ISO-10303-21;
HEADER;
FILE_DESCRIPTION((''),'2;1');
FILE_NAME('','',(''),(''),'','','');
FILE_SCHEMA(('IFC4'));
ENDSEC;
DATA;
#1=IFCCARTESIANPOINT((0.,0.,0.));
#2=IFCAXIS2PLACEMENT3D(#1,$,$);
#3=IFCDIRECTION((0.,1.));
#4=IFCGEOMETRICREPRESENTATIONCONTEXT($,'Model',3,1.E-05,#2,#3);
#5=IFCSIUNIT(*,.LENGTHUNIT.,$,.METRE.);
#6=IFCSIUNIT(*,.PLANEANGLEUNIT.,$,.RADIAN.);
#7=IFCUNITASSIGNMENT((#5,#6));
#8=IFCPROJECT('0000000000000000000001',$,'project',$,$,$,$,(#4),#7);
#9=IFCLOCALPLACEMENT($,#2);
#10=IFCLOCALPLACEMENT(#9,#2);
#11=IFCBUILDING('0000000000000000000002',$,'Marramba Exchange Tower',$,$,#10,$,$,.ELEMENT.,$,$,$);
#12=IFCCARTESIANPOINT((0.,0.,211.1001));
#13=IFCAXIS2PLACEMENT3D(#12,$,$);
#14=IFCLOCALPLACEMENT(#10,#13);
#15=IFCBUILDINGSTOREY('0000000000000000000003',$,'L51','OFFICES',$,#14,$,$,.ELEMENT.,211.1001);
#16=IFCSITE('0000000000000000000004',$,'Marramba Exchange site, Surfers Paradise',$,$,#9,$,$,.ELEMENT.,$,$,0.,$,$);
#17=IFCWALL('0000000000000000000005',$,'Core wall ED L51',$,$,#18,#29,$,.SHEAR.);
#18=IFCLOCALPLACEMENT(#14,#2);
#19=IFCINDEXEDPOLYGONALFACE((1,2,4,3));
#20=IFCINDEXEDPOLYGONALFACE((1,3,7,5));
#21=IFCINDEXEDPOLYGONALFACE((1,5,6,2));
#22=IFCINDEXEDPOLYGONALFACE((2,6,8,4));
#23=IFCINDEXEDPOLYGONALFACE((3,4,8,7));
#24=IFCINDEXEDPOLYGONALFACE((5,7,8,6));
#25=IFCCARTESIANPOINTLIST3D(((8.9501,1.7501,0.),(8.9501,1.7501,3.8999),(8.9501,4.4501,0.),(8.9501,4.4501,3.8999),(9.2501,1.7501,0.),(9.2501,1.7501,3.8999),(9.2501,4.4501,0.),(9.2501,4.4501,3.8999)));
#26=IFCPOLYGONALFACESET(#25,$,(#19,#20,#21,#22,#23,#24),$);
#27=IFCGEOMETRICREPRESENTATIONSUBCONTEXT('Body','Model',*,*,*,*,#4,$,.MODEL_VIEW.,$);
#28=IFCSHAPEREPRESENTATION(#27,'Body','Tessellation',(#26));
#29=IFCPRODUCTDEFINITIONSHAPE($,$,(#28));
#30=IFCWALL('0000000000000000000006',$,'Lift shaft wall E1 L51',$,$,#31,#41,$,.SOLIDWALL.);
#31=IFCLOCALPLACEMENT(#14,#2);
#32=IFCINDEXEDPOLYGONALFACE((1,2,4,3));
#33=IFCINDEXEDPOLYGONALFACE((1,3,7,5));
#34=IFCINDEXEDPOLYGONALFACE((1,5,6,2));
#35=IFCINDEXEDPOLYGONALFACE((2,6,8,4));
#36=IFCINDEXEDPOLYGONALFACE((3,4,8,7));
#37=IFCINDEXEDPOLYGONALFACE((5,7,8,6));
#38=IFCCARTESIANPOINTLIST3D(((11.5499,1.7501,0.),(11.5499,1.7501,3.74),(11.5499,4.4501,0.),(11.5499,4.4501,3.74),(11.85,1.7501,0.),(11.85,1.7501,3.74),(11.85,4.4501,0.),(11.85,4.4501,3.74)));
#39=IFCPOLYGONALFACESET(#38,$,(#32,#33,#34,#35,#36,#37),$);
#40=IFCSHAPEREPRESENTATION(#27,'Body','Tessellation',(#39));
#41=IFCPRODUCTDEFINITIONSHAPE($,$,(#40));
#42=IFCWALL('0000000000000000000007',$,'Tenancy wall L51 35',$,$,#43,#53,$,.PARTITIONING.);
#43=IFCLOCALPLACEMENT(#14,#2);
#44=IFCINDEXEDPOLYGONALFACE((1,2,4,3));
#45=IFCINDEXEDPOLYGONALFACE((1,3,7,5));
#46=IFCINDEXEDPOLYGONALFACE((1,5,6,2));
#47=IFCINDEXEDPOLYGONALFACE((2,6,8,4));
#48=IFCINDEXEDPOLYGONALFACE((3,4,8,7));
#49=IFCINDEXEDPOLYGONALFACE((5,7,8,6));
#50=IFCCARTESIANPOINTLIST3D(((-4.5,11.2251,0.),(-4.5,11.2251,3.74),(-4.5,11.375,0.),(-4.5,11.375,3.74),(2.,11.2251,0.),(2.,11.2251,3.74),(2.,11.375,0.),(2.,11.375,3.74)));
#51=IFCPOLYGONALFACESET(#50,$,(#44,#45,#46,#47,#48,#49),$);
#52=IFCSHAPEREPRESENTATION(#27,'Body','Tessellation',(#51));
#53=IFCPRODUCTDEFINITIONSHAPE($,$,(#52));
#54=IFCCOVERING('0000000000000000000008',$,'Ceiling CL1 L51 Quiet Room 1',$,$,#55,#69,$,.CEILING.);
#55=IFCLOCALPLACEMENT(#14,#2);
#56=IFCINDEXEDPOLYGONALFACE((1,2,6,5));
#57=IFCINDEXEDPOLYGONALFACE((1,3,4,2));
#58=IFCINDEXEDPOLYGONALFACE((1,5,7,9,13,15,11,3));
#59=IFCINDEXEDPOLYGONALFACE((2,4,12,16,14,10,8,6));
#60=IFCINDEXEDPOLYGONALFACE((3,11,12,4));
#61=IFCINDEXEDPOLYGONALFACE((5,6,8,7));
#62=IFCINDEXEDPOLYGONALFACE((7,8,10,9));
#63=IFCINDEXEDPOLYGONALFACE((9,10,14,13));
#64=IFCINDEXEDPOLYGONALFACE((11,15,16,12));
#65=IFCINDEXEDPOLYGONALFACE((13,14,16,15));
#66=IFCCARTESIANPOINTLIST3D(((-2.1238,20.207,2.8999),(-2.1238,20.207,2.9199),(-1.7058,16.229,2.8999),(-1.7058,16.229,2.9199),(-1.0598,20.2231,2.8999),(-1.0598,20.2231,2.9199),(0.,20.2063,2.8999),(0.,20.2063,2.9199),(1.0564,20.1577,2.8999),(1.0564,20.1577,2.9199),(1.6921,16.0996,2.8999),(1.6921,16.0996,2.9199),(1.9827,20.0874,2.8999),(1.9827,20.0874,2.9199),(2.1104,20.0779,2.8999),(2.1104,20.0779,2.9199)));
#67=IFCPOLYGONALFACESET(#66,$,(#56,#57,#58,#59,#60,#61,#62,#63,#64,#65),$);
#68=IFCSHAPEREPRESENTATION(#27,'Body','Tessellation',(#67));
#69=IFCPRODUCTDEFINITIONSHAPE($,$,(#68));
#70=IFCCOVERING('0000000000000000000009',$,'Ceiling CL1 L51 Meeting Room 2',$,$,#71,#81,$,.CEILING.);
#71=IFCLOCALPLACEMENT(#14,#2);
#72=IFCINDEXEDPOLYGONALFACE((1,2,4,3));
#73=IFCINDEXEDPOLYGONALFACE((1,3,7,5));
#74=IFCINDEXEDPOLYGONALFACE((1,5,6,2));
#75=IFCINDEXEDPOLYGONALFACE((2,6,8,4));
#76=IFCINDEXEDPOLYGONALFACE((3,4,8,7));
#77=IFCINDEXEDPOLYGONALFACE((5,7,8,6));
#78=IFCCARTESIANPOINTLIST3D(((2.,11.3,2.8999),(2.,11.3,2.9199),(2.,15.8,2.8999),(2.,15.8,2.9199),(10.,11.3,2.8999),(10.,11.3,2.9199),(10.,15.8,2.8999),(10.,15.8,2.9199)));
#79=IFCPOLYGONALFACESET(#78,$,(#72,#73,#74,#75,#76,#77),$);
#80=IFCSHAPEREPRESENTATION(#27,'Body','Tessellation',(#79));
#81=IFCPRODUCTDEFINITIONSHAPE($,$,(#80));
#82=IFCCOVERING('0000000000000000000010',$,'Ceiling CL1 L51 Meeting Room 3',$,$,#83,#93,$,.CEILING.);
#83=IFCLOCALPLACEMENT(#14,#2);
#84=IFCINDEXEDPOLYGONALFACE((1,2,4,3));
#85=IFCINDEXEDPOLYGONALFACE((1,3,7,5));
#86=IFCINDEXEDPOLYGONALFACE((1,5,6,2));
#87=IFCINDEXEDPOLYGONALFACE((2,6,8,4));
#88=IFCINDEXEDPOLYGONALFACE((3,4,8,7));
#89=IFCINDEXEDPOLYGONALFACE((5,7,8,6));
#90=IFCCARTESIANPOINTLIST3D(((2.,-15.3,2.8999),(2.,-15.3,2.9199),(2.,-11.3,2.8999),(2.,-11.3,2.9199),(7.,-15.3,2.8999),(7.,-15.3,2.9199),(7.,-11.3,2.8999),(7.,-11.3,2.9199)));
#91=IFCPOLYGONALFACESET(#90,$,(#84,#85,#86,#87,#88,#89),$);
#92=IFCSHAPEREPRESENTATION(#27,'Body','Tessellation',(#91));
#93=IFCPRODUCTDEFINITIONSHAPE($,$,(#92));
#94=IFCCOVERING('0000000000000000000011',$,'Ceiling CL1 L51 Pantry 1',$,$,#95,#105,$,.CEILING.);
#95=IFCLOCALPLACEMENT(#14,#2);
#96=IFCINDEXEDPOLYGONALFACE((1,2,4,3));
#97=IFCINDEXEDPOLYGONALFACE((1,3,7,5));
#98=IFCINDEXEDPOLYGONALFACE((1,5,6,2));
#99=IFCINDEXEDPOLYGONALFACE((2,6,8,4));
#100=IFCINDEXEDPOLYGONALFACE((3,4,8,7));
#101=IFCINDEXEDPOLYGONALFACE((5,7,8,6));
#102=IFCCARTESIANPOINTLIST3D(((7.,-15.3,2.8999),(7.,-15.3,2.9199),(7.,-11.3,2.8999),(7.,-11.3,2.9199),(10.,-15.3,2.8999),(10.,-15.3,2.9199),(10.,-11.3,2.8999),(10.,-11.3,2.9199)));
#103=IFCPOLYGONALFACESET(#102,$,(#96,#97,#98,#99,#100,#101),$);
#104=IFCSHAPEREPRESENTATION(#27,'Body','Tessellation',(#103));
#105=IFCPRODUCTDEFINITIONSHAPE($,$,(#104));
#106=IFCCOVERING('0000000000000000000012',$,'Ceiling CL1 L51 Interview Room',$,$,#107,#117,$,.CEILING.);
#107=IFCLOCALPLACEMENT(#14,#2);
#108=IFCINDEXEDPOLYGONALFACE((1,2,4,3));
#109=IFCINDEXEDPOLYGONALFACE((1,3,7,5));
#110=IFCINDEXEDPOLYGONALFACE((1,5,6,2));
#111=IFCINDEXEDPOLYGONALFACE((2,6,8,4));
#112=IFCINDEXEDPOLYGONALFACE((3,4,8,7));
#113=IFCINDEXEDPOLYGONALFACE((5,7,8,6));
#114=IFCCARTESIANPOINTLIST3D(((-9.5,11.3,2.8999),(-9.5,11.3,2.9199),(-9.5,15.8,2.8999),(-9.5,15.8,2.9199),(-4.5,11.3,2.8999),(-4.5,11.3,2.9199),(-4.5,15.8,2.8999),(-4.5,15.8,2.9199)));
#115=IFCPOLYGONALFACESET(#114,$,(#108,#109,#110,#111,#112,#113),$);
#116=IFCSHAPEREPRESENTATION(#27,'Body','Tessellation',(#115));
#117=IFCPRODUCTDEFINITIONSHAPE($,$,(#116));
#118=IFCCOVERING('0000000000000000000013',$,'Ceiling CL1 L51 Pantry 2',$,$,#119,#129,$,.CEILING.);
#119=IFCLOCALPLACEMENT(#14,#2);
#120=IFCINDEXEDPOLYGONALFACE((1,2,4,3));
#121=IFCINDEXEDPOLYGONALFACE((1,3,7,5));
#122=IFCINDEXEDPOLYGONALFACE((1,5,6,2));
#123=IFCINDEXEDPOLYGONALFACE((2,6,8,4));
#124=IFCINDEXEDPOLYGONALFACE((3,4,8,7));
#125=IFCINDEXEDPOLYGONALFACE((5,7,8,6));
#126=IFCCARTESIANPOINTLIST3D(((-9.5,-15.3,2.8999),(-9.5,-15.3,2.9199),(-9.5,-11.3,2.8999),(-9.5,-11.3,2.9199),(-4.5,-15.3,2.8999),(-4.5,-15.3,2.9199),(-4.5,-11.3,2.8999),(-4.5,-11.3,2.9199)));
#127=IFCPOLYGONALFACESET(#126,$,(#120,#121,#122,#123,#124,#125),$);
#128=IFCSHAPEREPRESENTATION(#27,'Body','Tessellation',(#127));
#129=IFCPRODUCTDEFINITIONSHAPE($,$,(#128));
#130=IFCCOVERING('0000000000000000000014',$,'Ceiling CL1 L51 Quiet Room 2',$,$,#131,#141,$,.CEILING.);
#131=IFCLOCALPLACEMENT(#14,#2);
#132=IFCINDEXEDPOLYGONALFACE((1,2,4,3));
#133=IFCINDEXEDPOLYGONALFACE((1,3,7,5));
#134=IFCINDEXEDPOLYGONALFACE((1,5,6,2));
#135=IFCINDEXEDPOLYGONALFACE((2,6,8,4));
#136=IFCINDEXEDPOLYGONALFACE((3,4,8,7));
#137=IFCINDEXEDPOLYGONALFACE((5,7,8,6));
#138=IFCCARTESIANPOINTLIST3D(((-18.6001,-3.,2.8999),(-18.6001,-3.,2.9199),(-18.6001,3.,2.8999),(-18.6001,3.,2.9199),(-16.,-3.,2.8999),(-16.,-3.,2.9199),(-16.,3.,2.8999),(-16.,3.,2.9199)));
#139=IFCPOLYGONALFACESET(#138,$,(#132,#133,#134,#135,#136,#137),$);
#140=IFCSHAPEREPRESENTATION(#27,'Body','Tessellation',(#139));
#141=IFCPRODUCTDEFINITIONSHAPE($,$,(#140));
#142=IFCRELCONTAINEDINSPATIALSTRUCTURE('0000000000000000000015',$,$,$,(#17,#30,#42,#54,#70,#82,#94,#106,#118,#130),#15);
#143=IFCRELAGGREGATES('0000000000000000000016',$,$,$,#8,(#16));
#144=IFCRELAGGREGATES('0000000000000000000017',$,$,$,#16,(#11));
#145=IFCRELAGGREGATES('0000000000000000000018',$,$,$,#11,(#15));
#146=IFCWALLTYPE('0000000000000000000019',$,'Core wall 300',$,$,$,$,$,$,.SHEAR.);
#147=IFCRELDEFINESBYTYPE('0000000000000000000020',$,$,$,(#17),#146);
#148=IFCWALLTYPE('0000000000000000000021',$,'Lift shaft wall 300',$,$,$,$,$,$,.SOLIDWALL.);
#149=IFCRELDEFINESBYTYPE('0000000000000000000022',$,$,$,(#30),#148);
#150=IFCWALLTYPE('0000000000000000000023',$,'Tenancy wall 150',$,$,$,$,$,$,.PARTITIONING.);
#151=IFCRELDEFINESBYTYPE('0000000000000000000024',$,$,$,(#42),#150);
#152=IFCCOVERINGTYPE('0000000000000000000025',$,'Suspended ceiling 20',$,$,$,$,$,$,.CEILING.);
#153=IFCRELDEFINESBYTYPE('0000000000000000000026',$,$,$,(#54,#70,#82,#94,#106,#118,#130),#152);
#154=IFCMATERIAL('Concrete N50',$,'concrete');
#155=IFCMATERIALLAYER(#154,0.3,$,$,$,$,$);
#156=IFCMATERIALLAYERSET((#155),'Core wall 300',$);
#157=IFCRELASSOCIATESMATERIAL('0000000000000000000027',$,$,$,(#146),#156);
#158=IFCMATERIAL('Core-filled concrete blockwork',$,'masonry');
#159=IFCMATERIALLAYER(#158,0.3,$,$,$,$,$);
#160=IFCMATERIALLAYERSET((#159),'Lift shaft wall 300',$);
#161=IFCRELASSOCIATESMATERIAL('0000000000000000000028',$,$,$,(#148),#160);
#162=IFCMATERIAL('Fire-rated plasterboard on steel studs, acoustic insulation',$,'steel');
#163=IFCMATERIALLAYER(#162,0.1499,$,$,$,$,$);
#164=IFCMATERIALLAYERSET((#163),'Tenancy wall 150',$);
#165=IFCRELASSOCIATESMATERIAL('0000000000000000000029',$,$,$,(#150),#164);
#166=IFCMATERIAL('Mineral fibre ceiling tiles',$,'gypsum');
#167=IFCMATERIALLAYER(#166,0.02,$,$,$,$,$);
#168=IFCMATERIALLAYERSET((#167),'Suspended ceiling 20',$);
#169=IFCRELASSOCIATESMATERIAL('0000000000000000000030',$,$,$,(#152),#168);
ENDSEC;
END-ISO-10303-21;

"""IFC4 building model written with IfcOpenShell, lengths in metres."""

from ifc_helpers import new_model, si_unit, direction, frame, frame_2d, origin, place, context, subcontext, project, spatial, polyline, rectangle, outline, extrude, material, layer, layer_set, type_object, element, save


model = new_model("IFC4")

# Units and contexts
model_context = context("Model", 3, precision=1e-05, world=origin(), true_north=direction((0.0, 1.0)))
body_context = subcontext(model_context, "Body", "Model", "MODEL_VIEW")
ifc_project = project(units=[si_unit("LENGTHUNIT", "METRE"), si_unit("PLANEANGLEUNIT", "RADIAN")], contexts=[model_context])

# Site, building, storey
site_placement = place(None, origin())
site = spatial("IfcSite", under=ifc_project, at=site_placement, Name="Marramba Exchange site, Surfers Paradise", CompositionType="ELEMENT", RefElevation=0.0)
building_placement = place(site_placement, origin())
building = spatial("IfcBuilding", under=site, at=building_placement, Name="Marramba Exchange Tower", CompositionType="ELEMENT")
storey_placement = place(building_placement, frame((0.0, 0.0, 211.1001)))
storey = spatial("IfcBuildingStorey", under=building, at=storey_placement, Name="L51", Description="OFFICES", CompositionType="ELEMENT", Elevation=211.1001)

# Walls
ifc_material_1 = material(Name="Concrete N50", Category="concrete")
ifc_layer_1 = layer(ifc_material_1, 0.3)
ifc_layer_set_1 = layer_set([ifc_layer_1], Name="Core wall 300")
wall_type_1 = type_object("IfcWallType", Name="Core wall 300", PredefinedType="SHEAR", material=ifc_layer_set_1)
wall_1_placement = place(storey_placement, frame((9.1001, 1.75, 0.0), z_axis=(0.0, 0.0, 1.0), x_axis=(0.0, 1.0, 0.0)))
element("IfcWall", 1, at=wall_1_placement, inside=storey, type_object=wall_type_1, Name="Core wall ED L51", PredefinedType="SHEAR", context=body_context, shape_type="SweptSolid", body=[
    extrude(rectangle(XDim=2.7, YDim=0.3, at=frame_2d((1.3501, 0.0))), origin(), (0.0, 0.0, 1.0), 3.8999),
])
ifc_material_2 = material(Name="Core-filled concrete blockwork", Category="masonry")
ifc_layer_2 = layer(ifc_material_2, 0.3)
ifc_layer_set_2 = layer_set([ifc_layer_2], Name="Lift shaft wall 300")
wall_type_2 = type_object("IfcWallType", Name="Lift shaft wall 300", PredefinedType="SOLIDWALL", material=ifc_layer_set_2)
wall_2_placement = place(storey_placement, frame((11.7, 1.75, 0.0), z_axis=(0.0, 0.0, 1.0), x_axis=(0.0, 1.0, 0.0)))
element("IfcWall", 2, at=wall_2_placement, inside=storey, type_object=wall_type_2, Name="Lift shaft wall E1 L51", PredefinedType="SOLIDWALL", context=body_context, shape_type="SweptSolid", body=[
    extrude(rectangle(XDim=2.7, YDim=0.3, at=frame_2d((1.3501, 0.0))), origin(), (0.0, 0.0, 1.0), 3.74),
])
ifc_material_3 = material(Name="Fire-rated plasterboard on steel studs, acoustic insulation", Category="steel")
ifc_layer_3 = layer(ifc_material_3, 0.1499)
ifc_layer_set_3 = layer_set([ifc_layer_3], Name="Tenancy wall 150")
wall_type_3 = type_object("IfcWallType", Name="Tenancy wall 150", PredefinedType="PARTITIONING", material=ifc_layer_set_3)
wall_3_placement = place(storey_placement, frame((2.0, 11.3, 0.0), z_axis=(0.0, 0.0, 1.0), x_axis=(-1.0, 0.0, 0.0)))
element("IfcWall", 3, at=wall_3_placement, inside=storey, type_object=wall_type_3, Name="Tenancy wall L51 35", PredefinedType="PARTITIONING", context=body_context, shape_type="SweptSolid", body=[
    extrude(rectangle(XDim=6.5, YDim=0.1499, at=frame_2d((3.25, 0.0))), origin(), (0.0, 0.0, 1.0), 3.74),
])

# Coverings
ifc_material_4 = material(Name="Mineral fibre ceiling tiles", Category="gypsum")
ifc_layer_4 = layer(ifc_material_4, 0.02)
ifc_layer_set_4 = layer_set([ifc_layer_4], Name="Suspended ceiling 20")
covering_type = type_object("IfcCoveringType", Name="Suspended ceiling 20", PredefinedType="CEILING", material=ifc_layer_set_4)
covering_1_placement = place(storey_placement, frame((0.0, 0.0, 2.8999)))
element("IfcCovering", 4, at=covering_1_placement, inside=storey, type_object=covering_type, Name="Ceiling CL1 L51 Quiet Room 1", PredefinedType="CEILING", context=body_context, shape_type="SweptSolid", body=[
    extrude(outline(polyline([(-1.0598, 20.2231), (0.0, 20.2063), (1.0564, 20.1577), (1.9827, 20.0874), (2.1104, 20.0779), (1.6921, 16.0996), (-1.7058, 16.229), (-2.1238, 20.207), (-1.0598, 20.2231)])), origin(), (0.0, 0.0, 1.0), 0.02),
])
covering_2_placement = place(storey_placement, frame((0.0, 0.0, 2.8999)))
element("IfcCovering", 5, at=covering_2_placement, inside=storey, type_object=covering_type, Name="Ceiling CL1 L51 Meeting Room 2", PredefinedType="CEILING", context=body_context, shape_type="SweptSolid", body=[
    extrude(outline(polyline([(10.0, 11.3), (2.0, 11.3), (2.0, 15.8), (10.0, 15.8), (10.0, 11.3)])), origin(), (0.0, 0.0, 1.0), 0.02),
])
covering_3_placement = place(storey_placement, frame((0.0, 0.0, 2.8999)))
element("IfcCovering", 6, at=covering_3_placement, inside=storey, type_object=covering_type, Name="Ceiling CL1 L51 Meeting Room 3", PredefinedType="CEILING", context=body_context, shape_type="SweptSolid", body=[
    extrude(outline(polyline([(7.0, -15.3), (2.0, -15.3), (2.0, -11.3), (7.0, -11.3), (7.0, -15.3)])), origin(), (0.0, 0.0, 1.0), 0.02),
])
covering_4_placement = place(storey_placement, frame((0.0, 0.0, 2.8999)))
element("IfcCovering", 7, at=covering_4_placement, inside=storey, type_object=covering_type, Name="Ceiling CL1 L51 Pantry 1", PredefinedType="CEILING", context=body_context, shape_type="SweptSolid", body=[
    extrude(outline(polyline([(10.0, -15.3), (7.0, -15.3), (7.0, -11.3), (10.0, -11.3), (10.0, -15.3)])), origin(), (0.0, 0.0, 1.0), 0.02),
])
covering_5_placement = place(storey_placement, frame((0.0, 0.0, 2.8999)))
element("IfcCovering", 8, at=covering_5_placement, inside=storey, type_object=covering_type, Name="Ceiling CL1 L51 Interview Room", PredefinedType="CEILING", context=body_context, shape_type="SweptSolid", body=[
    extrude(outline(polyline([(-4.5, 11.3), (-9.5, 11.3), (-9.5, 15.8), (-4.5, 15.8), (-4.5, 11.3)])), origin(), (0.0, 0.0, 1.0), 0.02),
])
covering_6_placement = place(storey_placement, frame((0.0, 0.0, 2.8999)))
element("IfcCovering", 9, at=covering_6_placement, inside=storey, type_object=covering_type, Name="Ceiling CL1 L51 Pantry 2", PredefinedType="CEILING", context=body_context, shape_type="SweptSolid", body=[
    extrude(outline(polyline([(-4.5, -15.3), (-9.5, -15.3), (-9.5, -11.3), (-4.5, -11.3), (-4.5, -15.3)])), origin(), (0.0, 0.0, 1.0), 0.02),
])
covering_7_placement = place(storey_placement, frame((0.0, 0.0, 2.8999)))
element("IfcCovering", 10, at=covering_7_placement, inside=storey, type_object=covering_type, Name="Ceiling CL1 L51 Quiet Room 2", PredefinedType="CEILING", context=body_context, shape_type="SweptSolid", body=[
    extrude(outline(polyline([(-16.0, -3.0), (-18.6001, -3.0), (-18.6001, 3.0), (-16.0, 3.0), (-16.0, -3.0)])), origin(), (0.0, 0.0, 1.0), 0.02),
])

save(model, "model.ifc")
